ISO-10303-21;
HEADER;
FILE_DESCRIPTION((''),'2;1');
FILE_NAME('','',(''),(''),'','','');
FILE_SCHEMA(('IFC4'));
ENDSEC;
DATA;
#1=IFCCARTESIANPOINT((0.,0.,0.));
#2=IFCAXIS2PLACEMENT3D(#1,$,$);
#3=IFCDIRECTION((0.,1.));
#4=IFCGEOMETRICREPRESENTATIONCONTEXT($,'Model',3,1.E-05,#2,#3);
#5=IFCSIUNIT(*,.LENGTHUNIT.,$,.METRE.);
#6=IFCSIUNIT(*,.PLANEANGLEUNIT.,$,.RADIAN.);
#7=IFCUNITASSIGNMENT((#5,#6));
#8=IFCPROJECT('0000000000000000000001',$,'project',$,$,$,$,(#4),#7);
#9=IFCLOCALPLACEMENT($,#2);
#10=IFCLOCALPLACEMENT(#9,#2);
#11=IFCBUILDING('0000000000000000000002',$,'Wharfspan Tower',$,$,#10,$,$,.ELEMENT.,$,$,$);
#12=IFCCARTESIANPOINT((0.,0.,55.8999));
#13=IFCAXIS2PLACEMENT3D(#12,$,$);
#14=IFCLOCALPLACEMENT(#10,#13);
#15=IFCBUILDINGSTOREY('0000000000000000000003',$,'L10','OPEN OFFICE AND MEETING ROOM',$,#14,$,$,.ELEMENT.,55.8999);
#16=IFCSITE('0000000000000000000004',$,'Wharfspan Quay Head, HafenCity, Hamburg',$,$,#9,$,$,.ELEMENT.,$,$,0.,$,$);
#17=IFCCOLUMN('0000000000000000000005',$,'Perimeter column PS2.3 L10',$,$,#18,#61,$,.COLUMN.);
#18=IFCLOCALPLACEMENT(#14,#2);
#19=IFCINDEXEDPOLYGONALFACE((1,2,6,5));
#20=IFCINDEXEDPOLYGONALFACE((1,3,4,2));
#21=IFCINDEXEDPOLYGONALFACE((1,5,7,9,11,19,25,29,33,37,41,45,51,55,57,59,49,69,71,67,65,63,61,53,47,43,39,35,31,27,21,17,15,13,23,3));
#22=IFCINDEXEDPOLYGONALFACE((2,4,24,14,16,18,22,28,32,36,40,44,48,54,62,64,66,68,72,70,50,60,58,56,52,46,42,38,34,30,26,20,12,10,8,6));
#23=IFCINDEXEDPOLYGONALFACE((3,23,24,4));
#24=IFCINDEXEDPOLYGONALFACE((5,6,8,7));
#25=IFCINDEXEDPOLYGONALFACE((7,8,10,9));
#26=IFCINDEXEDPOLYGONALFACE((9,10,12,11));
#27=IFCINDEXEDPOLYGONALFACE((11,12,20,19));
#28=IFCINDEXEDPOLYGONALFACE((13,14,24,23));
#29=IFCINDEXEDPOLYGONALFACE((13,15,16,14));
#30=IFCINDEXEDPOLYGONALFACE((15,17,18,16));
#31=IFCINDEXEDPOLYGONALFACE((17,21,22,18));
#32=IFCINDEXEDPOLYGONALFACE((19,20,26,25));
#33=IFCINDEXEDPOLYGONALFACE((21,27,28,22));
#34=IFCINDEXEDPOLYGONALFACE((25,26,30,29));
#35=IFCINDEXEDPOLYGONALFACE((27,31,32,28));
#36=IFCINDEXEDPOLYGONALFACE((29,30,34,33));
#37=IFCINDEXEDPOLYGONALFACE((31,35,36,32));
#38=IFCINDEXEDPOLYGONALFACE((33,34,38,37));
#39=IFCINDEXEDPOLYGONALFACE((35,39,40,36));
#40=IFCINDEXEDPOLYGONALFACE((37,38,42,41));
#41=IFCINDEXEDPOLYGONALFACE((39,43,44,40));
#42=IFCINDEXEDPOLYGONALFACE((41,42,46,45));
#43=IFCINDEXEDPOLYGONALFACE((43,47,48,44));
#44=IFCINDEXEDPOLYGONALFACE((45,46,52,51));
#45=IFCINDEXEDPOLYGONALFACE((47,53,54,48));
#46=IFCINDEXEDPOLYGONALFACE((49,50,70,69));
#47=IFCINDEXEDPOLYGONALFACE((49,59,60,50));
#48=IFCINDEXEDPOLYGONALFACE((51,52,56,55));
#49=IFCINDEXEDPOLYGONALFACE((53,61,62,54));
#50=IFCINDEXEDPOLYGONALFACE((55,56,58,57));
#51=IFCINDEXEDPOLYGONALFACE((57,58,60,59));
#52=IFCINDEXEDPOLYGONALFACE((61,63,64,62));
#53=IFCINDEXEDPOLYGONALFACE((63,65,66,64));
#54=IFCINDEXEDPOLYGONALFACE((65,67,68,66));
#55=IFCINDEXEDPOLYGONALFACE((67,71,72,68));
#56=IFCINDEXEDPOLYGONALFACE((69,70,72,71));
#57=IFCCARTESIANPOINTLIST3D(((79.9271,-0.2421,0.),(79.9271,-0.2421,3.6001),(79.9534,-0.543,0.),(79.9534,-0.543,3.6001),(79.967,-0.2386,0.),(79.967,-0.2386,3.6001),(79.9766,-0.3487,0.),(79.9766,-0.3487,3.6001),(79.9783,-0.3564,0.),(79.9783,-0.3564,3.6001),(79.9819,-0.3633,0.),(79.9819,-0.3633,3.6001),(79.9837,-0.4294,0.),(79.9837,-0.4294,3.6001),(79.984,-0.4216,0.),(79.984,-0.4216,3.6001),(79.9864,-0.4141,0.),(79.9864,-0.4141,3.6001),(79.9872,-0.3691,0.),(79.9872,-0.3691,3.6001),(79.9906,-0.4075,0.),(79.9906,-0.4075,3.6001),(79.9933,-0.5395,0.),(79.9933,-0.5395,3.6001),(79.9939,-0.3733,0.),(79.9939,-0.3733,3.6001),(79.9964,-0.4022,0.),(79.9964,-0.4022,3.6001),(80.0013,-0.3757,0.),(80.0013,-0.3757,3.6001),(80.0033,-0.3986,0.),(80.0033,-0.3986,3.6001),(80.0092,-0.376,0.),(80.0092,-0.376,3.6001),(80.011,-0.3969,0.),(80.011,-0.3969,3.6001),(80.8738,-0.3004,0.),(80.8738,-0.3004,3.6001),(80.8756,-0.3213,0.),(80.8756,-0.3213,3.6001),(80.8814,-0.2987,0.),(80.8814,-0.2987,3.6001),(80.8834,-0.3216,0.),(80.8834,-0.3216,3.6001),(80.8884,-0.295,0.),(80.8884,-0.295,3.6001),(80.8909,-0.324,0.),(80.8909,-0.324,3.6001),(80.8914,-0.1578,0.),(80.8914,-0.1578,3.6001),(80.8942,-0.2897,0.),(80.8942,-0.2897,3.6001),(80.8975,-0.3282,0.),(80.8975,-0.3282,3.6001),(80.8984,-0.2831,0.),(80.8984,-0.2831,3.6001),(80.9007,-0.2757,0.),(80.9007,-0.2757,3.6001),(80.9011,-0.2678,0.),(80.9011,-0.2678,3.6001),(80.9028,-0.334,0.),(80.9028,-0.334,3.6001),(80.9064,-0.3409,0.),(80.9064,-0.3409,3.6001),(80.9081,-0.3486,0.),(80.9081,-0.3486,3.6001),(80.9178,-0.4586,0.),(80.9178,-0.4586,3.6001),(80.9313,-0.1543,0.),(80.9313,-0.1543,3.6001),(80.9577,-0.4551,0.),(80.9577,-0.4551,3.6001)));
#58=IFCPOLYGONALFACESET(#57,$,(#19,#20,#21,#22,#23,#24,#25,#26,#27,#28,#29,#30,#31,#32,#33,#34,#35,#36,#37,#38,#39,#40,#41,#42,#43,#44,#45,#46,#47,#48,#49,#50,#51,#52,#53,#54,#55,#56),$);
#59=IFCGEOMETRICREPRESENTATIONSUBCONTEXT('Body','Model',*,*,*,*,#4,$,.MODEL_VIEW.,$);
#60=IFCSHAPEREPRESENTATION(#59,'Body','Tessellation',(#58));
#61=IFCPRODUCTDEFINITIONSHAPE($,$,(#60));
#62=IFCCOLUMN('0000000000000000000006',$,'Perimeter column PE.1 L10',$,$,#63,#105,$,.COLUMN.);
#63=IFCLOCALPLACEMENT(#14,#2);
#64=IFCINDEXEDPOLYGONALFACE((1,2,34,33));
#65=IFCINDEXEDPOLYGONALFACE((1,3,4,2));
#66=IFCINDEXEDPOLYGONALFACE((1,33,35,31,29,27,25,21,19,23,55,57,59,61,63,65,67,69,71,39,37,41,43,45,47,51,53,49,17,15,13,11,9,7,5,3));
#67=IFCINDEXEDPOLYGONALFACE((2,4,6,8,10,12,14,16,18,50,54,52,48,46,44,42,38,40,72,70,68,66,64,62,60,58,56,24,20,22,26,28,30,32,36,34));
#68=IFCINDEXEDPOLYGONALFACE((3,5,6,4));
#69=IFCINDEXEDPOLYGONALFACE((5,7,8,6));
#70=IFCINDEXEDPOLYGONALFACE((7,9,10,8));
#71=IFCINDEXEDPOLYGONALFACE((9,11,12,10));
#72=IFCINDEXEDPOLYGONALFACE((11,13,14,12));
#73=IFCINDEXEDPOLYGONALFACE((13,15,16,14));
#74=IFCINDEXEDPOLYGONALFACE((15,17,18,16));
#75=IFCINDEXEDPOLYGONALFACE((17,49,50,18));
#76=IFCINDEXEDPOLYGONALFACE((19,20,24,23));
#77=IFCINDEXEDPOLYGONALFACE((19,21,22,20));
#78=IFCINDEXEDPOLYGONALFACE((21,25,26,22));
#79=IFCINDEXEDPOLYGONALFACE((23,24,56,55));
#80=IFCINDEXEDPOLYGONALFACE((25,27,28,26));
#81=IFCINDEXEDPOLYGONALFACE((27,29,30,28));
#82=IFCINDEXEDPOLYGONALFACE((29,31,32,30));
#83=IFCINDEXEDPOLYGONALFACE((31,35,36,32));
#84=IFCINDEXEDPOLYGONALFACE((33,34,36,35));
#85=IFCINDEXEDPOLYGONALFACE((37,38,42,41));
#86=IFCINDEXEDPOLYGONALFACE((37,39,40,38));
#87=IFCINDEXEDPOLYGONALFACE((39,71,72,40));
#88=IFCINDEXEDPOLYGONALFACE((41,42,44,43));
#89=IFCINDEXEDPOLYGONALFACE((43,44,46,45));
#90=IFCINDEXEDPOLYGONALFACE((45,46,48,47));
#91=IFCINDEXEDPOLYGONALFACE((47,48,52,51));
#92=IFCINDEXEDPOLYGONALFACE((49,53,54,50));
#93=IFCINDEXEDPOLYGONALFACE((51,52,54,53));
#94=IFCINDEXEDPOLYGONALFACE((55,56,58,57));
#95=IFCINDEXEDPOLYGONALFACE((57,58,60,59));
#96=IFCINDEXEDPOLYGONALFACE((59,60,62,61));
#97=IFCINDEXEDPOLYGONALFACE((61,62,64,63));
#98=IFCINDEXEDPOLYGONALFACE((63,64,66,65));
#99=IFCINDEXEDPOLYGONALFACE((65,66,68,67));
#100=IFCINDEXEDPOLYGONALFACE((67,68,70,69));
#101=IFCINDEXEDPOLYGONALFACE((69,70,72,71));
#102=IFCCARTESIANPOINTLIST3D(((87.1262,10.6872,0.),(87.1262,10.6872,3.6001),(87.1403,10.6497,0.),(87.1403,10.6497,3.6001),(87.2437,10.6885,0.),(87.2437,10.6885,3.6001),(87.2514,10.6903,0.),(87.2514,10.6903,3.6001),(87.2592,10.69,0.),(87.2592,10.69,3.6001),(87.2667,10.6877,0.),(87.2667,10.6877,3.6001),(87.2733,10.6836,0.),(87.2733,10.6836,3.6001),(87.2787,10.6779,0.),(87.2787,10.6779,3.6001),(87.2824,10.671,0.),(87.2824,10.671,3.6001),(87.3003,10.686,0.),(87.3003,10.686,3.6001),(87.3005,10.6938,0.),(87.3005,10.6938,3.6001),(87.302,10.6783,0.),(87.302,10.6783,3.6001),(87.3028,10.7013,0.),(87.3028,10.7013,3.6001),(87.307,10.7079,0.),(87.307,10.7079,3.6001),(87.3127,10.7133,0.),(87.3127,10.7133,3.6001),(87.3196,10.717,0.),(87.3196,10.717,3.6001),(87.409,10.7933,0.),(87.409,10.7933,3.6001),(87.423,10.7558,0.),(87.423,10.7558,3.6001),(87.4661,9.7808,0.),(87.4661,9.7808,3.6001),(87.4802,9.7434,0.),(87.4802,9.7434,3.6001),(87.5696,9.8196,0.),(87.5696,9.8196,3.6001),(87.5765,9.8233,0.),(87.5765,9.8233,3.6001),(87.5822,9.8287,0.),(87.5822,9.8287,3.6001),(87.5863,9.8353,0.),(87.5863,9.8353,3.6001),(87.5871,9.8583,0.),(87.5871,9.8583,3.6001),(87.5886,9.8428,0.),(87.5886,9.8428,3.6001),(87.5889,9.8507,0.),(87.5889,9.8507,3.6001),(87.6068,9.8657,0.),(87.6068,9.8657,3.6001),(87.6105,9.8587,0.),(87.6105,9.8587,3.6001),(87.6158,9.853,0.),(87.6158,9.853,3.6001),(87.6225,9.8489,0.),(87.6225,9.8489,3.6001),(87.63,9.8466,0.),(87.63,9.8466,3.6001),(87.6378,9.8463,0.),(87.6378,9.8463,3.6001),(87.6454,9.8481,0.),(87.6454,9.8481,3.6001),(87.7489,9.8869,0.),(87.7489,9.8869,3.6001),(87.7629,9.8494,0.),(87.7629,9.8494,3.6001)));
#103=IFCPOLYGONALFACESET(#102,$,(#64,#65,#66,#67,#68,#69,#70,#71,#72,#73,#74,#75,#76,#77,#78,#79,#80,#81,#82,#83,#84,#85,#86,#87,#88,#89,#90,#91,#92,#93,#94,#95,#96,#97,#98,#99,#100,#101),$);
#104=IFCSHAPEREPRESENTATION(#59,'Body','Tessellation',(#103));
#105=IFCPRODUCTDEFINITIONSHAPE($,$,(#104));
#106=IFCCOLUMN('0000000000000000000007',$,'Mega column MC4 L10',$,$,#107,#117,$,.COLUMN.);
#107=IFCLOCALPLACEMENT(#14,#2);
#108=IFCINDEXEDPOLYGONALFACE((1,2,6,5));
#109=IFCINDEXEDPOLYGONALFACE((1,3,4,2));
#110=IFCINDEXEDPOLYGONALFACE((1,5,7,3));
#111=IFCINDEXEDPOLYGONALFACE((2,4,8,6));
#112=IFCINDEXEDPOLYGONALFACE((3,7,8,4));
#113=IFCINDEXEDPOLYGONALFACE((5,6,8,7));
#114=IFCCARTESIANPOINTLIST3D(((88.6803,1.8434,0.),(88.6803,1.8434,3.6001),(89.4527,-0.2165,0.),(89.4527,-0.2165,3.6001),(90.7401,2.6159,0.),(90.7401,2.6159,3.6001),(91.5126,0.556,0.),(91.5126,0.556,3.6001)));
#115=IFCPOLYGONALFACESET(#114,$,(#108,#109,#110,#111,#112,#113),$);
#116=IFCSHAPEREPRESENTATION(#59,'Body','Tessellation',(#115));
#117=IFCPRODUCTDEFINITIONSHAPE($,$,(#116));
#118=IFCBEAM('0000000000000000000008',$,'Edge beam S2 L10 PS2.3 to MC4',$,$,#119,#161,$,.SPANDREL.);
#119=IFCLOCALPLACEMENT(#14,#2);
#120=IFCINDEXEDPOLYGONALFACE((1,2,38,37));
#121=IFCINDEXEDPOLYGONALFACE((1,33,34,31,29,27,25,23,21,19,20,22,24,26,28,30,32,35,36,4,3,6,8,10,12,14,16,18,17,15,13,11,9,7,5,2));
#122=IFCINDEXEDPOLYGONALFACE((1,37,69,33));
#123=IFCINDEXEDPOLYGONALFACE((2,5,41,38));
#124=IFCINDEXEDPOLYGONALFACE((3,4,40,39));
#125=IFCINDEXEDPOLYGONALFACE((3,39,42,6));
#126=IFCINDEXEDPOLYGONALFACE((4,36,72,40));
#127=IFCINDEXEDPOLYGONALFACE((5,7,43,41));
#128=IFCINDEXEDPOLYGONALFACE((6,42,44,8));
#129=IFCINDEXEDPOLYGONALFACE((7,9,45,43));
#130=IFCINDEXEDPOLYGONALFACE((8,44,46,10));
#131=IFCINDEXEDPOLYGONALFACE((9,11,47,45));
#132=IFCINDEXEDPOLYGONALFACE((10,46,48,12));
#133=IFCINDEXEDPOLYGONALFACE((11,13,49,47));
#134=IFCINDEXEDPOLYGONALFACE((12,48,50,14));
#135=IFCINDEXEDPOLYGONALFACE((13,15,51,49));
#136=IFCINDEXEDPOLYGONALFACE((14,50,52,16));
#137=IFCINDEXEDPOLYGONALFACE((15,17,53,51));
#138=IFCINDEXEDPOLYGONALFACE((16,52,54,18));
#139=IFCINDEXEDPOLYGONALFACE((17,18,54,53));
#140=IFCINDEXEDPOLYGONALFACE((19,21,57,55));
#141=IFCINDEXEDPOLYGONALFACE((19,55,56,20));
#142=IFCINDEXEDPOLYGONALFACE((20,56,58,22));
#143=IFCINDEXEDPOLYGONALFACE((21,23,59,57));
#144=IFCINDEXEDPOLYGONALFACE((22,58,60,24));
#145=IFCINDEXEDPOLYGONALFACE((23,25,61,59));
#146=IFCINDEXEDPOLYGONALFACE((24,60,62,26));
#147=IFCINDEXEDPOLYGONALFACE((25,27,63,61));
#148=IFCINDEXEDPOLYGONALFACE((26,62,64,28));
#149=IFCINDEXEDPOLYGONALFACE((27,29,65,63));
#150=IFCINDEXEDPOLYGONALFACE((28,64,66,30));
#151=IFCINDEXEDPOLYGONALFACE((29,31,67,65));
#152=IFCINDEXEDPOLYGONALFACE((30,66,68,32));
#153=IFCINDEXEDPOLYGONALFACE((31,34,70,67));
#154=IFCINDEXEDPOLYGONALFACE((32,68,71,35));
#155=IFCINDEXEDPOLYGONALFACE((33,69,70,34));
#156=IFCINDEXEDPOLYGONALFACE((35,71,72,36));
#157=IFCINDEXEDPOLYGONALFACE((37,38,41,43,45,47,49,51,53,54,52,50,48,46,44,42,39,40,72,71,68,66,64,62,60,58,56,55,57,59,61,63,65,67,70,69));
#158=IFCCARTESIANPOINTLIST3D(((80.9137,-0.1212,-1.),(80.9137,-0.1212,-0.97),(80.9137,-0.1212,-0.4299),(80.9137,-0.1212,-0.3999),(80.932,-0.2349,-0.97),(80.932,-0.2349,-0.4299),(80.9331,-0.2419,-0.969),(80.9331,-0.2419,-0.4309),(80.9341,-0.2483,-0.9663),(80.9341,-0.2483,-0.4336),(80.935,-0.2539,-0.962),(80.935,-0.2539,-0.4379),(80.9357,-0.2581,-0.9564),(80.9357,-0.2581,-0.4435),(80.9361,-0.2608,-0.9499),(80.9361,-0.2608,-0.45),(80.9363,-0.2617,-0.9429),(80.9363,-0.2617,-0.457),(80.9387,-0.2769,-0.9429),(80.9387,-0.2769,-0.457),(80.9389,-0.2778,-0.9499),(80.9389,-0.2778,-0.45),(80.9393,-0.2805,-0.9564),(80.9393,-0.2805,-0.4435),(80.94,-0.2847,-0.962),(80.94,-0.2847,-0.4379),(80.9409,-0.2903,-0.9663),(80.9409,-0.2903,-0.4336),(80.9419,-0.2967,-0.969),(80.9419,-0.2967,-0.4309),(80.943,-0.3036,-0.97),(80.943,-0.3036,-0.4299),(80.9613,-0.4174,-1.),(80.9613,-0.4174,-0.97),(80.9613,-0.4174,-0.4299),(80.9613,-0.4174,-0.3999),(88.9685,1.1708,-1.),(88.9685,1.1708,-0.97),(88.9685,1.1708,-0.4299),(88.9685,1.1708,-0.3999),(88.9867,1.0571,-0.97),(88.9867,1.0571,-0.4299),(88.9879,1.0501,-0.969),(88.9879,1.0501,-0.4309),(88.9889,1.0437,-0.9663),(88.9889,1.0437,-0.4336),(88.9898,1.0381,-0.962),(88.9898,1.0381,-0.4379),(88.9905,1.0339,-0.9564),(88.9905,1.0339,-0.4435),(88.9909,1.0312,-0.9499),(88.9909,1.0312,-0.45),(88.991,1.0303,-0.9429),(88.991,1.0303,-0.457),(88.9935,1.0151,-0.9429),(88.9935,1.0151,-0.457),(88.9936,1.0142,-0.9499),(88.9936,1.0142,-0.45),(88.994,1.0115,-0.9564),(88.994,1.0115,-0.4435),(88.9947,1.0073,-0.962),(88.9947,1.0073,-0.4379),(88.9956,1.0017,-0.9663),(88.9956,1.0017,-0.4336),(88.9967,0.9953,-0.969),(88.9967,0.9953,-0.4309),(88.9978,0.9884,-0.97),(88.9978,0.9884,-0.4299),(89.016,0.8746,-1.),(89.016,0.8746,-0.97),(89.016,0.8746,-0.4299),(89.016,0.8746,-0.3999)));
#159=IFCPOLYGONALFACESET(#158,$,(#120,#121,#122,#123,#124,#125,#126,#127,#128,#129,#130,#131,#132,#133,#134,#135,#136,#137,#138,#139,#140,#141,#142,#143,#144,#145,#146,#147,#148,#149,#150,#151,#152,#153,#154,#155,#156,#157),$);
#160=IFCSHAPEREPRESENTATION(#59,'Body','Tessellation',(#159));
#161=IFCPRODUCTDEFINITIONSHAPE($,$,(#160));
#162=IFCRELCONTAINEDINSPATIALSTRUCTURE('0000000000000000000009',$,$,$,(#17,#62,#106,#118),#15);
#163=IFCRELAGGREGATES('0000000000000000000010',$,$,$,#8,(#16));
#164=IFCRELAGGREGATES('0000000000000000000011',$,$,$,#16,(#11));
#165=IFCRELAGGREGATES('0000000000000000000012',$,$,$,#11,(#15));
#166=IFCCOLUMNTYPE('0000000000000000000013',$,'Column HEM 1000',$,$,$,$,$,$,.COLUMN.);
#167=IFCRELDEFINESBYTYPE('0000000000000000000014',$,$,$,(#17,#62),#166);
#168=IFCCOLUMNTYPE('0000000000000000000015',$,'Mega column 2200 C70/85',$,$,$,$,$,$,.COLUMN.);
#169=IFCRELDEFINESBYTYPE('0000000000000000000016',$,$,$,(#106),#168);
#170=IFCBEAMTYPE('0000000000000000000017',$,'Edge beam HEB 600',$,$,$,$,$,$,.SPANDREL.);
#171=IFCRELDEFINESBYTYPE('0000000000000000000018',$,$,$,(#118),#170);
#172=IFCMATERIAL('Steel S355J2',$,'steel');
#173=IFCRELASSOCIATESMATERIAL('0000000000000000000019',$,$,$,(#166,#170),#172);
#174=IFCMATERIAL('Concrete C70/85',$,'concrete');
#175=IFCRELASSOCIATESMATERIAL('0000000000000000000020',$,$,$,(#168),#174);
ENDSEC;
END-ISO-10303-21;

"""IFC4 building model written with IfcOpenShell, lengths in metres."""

from ifc_helpers import new_model, si_unit, direction, frame, origin, origin_2d, place, context, subcontext, project, spatial, rectangle, i_section, extrude, material, material_profile, profile_set, type_object, element, save


model = new_model("IFC4")

# Units and contexts
model_context = context("Model", 3, precision=1e-05, world=origin(), true_north=direction((0.0, 1.0)))
body_context = subcontext(model_context, "Body", "Model", "MODEL_VIEW")
ifc_project = project(units=[si_unit("LENGTHUNIT", "METRE"), si_unit("PLANEANGLEUNIT", "RADIAN")], contexts=[model_context])

# Site, building, storey
site_placement = place(None, origin())
site = spatial("IfcSite", under=ifc_project, at=site_placement, Name="Wharfspan Quay Head, HafenCity, Hamburg", CompositionType="ELEMENT", RefElevation=0.0)
building_placement = place(site_placement, origin())
building = spatial("IfcBuilding", under=site, at=building_placement, Name="Wharfspan Tower", CompositionType="ELEMENT")
storey_placement = place(building_placement, frame((0.0, 0.0, 55.8999)))
storey = spatial("IfcBuildingStorey", under=building, at=storey_placement, Name="L10", Description="OPEN OFFICE AND MEETING ROOM", CompositionType="ELEMENT", Elevation=55.8999)

# Columns
ifc_material_1 = material(Name="Steel S355J2", Category="steel")
ifc_material_profile_1 = material_profile(ifc_material_1, i_section(OverallWidth=0.302, OverallDepth=1.0081, WebThickness=0.021, FlangeThickness=0.04, FilletRadius=0.03, at=origin_2d()))
ifc_profile_set_1 = profile_set([ifc_material_profile_1], Name="Steel S355J2")
column_type_1 = type_object("IfcColumnType", Name="Column HEM 1000", PredefinedType="COLUMN", material=ifc_profile_set_1)
for number, where, z_axis, x_axis, name in (
    (1, (80.4424, -0.3486, 0.0), (0.0, 0.0, 1.0), (0.087156, -0.996198, 0.0), "Perimeter column PS2.3 L10"),
    (2, (87.4446, 10.2683, 0.0), (0.0, 0.0, 1.0), (0.936328, 0.351123, 0.0), "Perimeter column PE.1 L10"),
):
    element("IfcColumn", number, at=place(storey_placement, frame(where, z_axis=z_axis, x_axis=x_axis)), inside=storey, type_object=column_type_1, Name=name, PredefinedType="COLUMN", context=body_context, shape_type="SweptSolid", body=[
        extrude(i_section(OverallWidth=0.302, OverallDepth=1.0081, WebThickness=0.021, FlangeThickness=0.04, FilletRadius=0.03, at=origin_2d()), origin(), (0.0, 0.0, 1.0), 3.6001),
    ])
ifc_material_2 = material(Name="Concrete C70/85", Category="concrete")
ifc_material_profile_2 = material_profile(ifc_material_2, rectangle(XDim=2.2, YDim=2.2, at=origin_2d()))
ifc_profile_set_2 = profile_set([ifc_material_profile_2], Name="Concrete C70/85")
column_type_2 = type_object("IfcColumnType", Name="Mega column 2200 C70/85", PredefinedType="COLUMN", material=ifc_profile_set_2)
column_placement = place(storey_placement, frame((90.0964, 1.1997, 0.0), z_axis=(0.0, 0.0, 1.0), x_axis=(-0.351123, 0.936328, 0.0)))
element("IfcColumn", 3, at=column_placement, inside=storey, type_object=column_type_2, Name="Mega column MC4 L10", PredefinedType="COLUMN", context=body_context, shape_type="SweptSolid", body=[
    extrude(rectangle(XDim=2.2, YDim=2.2, at=origin_2d()), origin(), (0.0, 0.0, 1.0), 3.6001),
])

# Beam
ifc_material_profile_3 = material_profile(ifc_material_1, i_section(OverallWidth=0.3, OverallDepth=0.6001, WebThickness=0.0154, FlangeThickness=0.03, FilletRadius=0.0271, at=origin_2d()))
ifc_profile_set_3 = profile_set([ifc_material_profile_3], Name="Steel S355J2")
beam_type = type_object("IfcBeamType", Name="Edge beam HEB 600", PredefinedType="SPANDREL", material=ifc_profile_set_3)
beam_1_placement = place(storey_placement, frame((80.9375, -0.2693, -0.7), z_axis=(0.987379, 0.158378, 0.0), x_axis=(-0.158378, 0.987379, 0.0)))
element("IfcBeam", 4, at=beam_1_placement, inside=storey, type_object=beam_type, Name="Edge beam S2 L10 PS2.3 to MC4", PredefinedType="SPANDREL", context=body_context, shape_type="SweptSolid", body=[
    extrude(i_section(OverallWidth=0.3, OverallDepth=0.6001, WebThickness=0.0154, FlangeThickness=0.03, FilletRadius=0.0271, at=origin_2d()), origin(), (0.0, 0.0, 1.0), 8.1577),
])

save(model, "model.ifc")
